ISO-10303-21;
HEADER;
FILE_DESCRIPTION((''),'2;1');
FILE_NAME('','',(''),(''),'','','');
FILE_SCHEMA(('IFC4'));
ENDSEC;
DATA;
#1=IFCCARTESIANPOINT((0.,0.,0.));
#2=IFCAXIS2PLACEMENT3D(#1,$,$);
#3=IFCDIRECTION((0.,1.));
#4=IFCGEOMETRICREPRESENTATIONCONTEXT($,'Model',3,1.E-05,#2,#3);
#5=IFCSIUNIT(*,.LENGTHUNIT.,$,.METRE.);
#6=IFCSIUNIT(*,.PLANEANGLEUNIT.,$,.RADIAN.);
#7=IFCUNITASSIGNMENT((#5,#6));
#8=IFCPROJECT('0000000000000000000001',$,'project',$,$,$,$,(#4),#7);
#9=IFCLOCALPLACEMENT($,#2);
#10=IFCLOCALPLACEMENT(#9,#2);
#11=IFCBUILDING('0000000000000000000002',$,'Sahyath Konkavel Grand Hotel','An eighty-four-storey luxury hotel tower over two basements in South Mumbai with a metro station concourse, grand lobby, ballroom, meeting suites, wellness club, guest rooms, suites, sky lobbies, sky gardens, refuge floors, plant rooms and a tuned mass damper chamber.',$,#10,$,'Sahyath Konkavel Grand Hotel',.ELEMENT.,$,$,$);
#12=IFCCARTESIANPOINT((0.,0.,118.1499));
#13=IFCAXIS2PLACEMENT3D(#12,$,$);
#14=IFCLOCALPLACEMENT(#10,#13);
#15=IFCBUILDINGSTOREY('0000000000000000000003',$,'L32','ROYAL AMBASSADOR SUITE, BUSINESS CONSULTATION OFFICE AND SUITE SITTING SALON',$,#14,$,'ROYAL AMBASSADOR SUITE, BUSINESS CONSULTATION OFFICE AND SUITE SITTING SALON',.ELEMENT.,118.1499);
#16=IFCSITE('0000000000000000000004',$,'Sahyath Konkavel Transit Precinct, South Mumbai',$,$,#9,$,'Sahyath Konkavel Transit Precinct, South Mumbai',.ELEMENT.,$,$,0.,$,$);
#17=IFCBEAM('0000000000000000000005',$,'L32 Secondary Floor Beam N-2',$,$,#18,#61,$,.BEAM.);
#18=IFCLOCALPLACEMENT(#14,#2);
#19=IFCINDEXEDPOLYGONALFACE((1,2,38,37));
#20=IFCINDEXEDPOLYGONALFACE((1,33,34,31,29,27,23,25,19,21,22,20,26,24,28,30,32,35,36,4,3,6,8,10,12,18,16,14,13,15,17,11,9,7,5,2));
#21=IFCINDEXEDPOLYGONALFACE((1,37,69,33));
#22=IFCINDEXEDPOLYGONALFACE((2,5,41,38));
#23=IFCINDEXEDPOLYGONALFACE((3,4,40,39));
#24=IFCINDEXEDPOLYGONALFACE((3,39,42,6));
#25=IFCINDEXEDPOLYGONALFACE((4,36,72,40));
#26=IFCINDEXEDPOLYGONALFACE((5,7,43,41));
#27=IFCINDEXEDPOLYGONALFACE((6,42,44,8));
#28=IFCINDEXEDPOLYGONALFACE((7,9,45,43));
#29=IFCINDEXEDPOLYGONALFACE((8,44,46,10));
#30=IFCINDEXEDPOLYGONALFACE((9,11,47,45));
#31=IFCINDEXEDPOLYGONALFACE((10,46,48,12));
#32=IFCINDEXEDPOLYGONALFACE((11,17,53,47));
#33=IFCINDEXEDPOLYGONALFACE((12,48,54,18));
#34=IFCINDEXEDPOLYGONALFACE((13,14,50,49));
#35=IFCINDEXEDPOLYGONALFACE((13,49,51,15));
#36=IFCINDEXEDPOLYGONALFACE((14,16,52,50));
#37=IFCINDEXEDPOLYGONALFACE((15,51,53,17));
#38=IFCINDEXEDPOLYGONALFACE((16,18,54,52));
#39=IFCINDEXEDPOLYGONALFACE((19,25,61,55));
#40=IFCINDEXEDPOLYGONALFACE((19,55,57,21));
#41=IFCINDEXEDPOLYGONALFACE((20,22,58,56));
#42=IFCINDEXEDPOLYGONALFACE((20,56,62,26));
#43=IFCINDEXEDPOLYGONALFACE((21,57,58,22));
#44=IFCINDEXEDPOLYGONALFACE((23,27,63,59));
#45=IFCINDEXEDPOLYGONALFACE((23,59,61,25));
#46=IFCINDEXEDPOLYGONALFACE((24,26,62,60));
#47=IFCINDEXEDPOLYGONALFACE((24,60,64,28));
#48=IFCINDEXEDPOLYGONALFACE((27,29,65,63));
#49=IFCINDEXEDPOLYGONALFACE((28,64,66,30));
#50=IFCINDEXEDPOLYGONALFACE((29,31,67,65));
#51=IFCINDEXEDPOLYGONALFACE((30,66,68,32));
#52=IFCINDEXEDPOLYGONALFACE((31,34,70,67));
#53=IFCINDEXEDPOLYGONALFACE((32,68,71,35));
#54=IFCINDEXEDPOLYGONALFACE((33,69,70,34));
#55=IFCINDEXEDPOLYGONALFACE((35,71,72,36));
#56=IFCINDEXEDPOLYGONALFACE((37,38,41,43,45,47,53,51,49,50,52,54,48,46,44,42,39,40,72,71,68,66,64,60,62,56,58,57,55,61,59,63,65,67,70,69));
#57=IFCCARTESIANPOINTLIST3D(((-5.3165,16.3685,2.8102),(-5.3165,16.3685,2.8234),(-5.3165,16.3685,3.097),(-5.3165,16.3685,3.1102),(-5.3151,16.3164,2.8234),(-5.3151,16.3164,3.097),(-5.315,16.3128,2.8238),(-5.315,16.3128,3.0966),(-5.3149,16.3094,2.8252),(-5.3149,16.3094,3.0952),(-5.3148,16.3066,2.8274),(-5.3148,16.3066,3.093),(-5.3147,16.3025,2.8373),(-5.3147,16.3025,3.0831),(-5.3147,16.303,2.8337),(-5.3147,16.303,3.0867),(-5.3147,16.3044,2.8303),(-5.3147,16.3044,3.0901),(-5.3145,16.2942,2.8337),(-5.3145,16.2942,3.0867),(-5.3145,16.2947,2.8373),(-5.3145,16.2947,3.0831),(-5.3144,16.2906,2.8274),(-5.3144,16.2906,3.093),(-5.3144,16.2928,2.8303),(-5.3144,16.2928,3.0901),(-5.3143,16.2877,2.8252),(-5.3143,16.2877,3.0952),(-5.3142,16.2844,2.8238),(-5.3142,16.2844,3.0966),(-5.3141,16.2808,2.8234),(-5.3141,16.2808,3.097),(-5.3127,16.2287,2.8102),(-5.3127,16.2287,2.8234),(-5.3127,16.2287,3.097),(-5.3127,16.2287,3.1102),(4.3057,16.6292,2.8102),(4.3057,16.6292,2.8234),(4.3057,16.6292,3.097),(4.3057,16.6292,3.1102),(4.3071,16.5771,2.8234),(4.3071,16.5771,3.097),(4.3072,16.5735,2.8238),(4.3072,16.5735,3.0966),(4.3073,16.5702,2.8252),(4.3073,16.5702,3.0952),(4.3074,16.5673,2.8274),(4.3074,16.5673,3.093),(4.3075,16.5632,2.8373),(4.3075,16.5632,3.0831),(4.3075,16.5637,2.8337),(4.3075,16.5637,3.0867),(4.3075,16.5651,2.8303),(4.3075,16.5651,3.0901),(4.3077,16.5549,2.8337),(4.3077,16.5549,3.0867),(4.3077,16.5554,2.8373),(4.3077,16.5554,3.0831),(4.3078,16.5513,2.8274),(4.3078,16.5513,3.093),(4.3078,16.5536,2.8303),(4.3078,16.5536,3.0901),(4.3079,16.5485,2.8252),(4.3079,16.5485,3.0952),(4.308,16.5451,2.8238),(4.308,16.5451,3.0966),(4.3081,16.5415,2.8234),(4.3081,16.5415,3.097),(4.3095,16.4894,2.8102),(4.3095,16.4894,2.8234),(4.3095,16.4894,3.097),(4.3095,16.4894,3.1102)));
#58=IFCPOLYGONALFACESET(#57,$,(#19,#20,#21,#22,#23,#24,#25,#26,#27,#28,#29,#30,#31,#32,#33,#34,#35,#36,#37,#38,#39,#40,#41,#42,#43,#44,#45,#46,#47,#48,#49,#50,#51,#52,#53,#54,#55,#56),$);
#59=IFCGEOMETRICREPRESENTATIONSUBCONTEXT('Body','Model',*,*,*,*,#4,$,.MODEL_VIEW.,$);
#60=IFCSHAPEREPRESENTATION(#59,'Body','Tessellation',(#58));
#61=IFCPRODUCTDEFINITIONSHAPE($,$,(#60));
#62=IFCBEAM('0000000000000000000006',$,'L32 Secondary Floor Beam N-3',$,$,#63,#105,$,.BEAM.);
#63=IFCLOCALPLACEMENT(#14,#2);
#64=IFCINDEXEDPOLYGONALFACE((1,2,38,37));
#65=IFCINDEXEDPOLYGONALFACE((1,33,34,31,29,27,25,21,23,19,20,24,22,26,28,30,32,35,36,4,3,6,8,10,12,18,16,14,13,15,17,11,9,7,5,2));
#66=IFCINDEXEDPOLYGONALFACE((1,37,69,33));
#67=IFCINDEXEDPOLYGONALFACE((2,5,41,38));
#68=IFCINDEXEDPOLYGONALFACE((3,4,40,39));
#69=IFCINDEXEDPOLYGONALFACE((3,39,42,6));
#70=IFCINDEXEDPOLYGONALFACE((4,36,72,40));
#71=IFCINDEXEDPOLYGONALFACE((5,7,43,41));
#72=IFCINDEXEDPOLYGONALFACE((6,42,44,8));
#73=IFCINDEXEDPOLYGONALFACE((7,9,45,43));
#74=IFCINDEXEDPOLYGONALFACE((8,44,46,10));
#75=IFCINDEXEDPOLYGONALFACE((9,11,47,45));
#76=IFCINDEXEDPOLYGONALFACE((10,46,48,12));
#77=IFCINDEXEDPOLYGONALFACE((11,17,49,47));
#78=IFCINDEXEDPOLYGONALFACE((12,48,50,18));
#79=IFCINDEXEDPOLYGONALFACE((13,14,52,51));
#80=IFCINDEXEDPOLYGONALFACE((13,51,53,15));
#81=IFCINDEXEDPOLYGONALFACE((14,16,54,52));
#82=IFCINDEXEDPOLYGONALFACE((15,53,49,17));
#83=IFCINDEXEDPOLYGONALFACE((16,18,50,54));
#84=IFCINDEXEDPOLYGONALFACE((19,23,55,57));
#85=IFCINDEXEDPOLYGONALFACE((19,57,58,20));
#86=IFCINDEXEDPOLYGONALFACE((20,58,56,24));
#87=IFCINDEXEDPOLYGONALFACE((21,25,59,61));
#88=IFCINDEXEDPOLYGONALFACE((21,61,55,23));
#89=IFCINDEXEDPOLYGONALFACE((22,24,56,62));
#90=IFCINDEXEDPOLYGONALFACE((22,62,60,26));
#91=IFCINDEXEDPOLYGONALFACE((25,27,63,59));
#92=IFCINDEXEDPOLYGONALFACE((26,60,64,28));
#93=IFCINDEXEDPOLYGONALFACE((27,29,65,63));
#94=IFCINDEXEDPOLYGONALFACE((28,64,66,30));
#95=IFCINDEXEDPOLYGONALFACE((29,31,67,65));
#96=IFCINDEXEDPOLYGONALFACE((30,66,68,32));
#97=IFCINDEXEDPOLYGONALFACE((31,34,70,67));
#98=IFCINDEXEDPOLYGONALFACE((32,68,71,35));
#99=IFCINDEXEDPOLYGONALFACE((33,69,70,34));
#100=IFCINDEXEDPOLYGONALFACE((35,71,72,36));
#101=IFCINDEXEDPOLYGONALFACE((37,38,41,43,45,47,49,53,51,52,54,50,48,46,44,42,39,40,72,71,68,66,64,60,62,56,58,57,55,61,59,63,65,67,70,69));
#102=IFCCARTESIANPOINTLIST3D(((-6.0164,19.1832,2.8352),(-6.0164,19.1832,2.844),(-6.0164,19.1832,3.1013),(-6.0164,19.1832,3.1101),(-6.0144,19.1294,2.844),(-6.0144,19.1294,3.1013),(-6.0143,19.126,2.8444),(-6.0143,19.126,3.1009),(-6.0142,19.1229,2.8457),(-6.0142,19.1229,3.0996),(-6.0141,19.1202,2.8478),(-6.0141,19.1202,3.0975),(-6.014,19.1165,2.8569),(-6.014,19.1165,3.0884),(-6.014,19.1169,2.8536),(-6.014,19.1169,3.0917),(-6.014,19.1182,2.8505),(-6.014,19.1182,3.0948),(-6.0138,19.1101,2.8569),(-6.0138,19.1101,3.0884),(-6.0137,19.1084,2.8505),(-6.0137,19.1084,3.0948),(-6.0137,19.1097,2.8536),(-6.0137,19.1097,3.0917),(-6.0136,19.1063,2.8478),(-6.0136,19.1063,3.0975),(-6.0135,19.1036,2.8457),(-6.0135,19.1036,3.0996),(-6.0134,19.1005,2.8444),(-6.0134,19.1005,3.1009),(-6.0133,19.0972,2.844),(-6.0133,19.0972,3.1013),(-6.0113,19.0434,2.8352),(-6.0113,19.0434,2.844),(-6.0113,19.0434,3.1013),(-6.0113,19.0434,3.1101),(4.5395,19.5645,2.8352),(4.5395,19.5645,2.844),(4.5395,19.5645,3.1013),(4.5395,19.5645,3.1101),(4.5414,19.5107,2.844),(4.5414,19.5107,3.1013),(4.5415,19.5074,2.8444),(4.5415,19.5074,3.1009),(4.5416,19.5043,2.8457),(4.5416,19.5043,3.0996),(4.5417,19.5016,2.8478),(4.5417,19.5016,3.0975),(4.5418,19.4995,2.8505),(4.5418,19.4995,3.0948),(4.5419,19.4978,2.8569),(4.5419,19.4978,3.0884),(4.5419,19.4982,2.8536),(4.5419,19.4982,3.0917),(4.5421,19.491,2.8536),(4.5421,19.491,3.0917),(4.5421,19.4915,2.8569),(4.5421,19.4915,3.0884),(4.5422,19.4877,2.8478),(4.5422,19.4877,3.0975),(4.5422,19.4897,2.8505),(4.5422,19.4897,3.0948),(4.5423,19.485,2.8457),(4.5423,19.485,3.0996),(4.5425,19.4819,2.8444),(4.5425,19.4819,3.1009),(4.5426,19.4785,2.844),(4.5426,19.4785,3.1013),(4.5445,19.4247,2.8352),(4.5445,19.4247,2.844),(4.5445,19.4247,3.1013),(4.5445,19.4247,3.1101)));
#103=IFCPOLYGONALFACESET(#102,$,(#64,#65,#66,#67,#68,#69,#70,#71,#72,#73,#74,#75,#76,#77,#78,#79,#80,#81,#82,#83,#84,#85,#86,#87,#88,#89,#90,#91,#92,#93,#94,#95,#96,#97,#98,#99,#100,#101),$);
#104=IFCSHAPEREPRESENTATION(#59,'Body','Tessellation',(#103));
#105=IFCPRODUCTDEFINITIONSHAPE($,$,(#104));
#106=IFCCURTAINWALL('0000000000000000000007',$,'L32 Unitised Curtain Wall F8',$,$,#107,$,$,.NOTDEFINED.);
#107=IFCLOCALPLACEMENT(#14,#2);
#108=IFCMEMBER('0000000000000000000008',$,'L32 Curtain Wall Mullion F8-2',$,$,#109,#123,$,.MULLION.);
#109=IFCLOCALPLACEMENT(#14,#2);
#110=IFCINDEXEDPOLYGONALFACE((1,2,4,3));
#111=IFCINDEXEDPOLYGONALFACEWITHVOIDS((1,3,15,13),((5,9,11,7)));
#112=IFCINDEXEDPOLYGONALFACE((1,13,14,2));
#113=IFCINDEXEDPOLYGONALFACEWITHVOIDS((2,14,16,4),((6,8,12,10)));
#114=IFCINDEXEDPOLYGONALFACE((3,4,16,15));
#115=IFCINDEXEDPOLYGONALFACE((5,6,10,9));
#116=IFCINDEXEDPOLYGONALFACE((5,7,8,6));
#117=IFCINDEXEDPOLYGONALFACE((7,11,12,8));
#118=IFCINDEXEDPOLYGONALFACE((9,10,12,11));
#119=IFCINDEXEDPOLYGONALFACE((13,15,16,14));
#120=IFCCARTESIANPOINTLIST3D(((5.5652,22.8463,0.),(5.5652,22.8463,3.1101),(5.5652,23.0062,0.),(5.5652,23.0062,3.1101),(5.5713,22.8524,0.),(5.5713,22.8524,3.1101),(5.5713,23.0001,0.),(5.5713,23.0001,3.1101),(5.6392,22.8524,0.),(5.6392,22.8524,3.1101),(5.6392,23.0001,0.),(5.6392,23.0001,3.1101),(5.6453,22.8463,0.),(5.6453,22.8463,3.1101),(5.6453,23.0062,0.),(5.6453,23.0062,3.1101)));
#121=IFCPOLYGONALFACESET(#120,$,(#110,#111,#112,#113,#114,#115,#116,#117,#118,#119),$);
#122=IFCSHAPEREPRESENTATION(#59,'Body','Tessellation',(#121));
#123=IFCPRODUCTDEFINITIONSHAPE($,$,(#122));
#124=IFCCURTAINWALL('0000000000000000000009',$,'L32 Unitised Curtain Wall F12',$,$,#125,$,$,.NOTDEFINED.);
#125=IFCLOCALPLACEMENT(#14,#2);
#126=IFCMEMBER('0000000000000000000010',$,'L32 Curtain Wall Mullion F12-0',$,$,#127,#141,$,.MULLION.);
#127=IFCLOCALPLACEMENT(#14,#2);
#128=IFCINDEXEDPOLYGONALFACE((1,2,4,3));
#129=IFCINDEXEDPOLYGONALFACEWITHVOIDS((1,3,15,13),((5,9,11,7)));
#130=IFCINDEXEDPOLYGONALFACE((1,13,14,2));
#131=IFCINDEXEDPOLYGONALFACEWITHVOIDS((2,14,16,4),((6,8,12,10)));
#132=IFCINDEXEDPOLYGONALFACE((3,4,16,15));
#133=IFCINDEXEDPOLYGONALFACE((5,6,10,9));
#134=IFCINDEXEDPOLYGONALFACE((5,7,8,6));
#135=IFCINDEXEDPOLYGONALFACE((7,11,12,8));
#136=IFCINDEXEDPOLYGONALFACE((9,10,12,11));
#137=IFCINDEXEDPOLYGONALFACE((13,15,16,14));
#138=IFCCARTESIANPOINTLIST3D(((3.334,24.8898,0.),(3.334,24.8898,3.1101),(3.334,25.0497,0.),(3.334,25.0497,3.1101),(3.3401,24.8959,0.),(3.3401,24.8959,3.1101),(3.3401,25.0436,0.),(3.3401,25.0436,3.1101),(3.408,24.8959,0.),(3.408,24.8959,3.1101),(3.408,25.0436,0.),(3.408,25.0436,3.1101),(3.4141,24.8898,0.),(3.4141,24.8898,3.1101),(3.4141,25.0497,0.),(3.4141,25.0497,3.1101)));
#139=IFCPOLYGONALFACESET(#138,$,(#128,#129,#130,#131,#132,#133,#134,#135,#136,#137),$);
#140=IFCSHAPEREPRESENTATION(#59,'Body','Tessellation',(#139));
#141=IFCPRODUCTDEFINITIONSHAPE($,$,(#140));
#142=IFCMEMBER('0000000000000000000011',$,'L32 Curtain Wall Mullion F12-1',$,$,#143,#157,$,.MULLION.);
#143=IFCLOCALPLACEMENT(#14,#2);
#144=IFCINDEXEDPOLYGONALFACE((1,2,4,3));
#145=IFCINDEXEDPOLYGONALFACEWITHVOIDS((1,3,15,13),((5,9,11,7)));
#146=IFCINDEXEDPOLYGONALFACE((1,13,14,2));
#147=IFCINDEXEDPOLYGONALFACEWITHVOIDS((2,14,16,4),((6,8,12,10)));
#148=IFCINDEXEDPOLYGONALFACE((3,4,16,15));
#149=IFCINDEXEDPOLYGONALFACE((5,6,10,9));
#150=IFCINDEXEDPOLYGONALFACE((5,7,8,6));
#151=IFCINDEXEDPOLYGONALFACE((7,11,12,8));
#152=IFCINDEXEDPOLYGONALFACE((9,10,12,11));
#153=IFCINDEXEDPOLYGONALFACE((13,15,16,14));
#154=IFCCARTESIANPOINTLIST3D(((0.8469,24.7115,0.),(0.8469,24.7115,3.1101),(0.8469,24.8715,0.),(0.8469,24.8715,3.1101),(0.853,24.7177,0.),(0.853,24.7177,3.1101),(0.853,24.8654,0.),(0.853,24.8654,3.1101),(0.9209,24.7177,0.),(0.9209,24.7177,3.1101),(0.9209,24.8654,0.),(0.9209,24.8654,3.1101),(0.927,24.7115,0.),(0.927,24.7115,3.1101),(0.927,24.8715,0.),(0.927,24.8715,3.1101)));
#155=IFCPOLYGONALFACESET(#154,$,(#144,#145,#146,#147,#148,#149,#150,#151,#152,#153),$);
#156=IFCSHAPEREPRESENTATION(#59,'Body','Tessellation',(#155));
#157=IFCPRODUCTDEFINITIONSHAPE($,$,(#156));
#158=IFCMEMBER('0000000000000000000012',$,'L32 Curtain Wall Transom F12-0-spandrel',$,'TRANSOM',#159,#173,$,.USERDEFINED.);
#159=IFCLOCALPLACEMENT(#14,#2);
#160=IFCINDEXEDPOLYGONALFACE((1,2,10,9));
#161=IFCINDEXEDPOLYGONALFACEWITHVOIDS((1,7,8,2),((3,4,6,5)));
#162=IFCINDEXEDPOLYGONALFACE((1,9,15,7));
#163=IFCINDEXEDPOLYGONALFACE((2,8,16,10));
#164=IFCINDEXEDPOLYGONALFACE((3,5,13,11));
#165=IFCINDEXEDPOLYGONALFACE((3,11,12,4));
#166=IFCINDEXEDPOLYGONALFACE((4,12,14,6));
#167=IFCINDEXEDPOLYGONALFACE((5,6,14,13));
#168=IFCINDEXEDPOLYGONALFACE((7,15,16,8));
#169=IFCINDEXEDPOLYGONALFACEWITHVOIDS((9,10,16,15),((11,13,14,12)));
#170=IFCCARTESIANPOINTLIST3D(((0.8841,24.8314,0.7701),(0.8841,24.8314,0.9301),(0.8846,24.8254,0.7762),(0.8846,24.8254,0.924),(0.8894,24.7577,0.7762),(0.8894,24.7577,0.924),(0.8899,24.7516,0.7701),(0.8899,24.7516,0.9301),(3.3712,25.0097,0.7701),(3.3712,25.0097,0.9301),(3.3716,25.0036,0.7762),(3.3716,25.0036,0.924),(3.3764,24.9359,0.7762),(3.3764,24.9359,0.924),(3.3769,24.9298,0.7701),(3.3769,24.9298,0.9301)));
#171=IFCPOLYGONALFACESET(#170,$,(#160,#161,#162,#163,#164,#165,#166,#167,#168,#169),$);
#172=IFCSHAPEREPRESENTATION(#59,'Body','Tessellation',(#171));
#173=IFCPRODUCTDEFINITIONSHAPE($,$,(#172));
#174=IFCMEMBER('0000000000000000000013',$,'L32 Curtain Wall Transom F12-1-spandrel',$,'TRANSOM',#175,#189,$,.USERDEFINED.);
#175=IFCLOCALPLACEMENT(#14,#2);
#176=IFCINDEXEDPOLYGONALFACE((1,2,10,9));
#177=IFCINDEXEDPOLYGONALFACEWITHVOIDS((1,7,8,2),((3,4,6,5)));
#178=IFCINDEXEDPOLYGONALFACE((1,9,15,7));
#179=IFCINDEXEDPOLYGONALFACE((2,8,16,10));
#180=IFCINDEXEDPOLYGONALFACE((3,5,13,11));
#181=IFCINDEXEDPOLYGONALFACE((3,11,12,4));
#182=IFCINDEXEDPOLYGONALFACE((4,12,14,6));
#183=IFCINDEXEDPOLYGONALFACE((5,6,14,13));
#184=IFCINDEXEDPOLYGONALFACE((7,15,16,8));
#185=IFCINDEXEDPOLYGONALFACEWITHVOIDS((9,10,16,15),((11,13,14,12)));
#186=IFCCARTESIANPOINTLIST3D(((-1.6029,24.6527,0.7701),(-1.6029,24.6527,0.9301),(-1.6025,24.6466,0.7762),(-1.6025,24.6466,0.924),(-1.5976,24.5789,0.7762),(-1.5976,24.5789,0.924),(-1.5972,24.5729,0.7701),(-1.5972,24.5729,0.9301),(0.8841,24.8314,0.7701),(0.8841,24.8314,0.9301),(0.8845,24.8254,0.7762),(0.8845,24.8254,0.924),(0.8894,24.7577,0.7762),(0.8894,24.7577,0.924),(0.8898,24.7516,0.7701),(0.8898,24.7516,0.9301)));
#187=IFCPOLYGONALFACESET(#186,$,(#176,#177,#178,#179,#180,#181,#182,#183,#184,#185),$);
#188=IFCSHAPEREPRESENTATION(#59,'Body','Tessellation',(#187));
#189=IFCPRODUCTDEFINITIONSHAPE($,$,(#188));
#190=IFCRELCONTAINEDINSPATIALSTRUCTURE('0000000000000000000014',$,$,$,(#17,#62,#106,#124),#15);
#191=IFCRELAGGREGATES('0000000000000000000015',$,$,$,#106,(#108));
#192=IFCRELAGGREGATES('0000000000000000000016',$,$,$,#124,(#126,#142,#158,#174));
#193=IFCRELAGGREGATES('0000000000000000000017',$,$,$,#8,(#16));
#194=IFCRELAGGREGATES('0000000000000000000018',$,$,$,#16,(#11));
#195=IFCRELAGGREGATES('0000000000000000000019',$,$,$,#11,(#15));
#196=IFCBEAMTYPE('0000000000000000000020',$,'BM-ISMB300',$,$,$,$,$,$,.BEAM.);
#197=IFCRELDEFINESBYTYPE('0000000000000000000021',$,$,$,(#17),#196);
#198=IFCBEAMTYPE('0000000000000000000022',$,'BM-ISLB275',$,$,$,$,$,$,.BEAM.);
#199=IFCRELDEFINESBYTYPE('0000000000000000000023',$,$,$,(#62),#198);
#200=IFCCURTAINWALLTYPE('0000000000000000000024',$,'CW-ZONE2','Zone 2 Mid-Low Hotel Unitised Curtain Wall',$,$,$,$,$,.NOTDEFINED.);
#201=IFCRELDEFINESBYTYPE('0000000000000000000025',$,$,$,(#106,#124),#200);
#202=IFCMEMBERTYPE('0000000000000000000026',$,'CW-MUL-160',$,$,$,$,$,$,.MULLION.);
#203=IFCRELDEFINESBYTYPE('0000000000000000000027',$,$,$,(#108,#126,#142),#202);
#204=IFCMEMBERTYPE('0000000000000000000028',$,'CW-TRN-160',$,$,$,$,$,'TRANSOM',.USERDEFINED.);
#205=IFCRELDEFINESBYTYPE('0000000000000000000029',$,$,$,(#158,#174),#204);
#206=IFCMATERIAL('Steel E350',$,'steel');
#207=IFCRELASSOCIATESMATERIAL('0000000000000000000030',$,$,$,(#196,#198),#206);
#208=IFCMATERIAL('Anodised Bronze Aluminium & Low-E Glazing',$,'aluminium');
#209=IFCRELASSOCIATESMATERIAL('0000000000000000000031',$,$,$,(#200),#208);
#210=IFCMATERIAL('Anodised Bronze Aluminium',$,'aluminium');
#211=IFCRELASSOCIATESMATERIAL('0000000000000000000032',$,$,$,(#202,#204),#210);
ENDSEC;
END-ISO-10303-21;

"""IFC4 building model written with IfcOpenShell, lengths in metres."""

from ifc_helpers import new_model, si_unit, direction, frame, origin, origin_2d, place, context, subcontext, project, spatial, hollow_rectangle, i_section, extrude, source, transform, mapped, material, material_profile, profile_set, type_object, element, aggregate, save


model = new_model("IFC4")

# Units and contexts
model_context = context("Model", 3, precision=1e-05, world=origin(), true_north=direction((0.0, 1.0)))
body_context = subcontext(model_context, "Body", "Model", "MODEL_VIEW")
ifc_project = project(units=[si_unit("LENGTHUNIT", "METRE"), si_unit("PLANEANGLEUNIT", "RADIAN")], contexts=[model_context])

# Site, building, storey
site_placement = place(None, origin())
site = spatial("IfcSite", under=ifc_project, at=site_placement, Name="Sahyath Konkavel Transit Precinct, South Mumbai", LongName="Sahyath Konkavel Transit Precinct, South Mumbai", CompositionType="ELEMENT", RefElevation=0.0)
building_placement = place(site_placement, origin())
building = spatial("IfcBuilding", under=site, at=building_placement, Name="Sahyath Konkavel Grand Hotel", Description="An eighty-four-storey luxury hotel tower over two basements in South Mumbai with a metro station concourse, grand lobby, ballroom, meeting suites, wellness club, guest rooms, suites, sky lobbies, sky gardens, refuge floors, plant rooms and a tuned mass damper chamber.", LongName="Sahyath Konkavel Grand Hotel", CompositionType="ELEMENT")
storey_placement = place(building_placement, frame((0.0, 0.0, 118.1499)))
storey = spatial("IfcBuildingStorey", under=building, at=storey_placement, Name="L32", Description="ROYAL AMBASSADOR SUITE, BUSINESS CONSULTATION OFFICE AND SUITE SITTING SALON", LongName="ROYAL AMBASSADOR SUITE, BUSINESS CONSULTATION OFFICE AND SUITE SITTING SALON", CompositionType="ELEMENT", Elevation=118.1499)

# Beams
ifc_material_1 = material(Name="Steel E350", Category="steel")
ifc_material_profile_1 = material_profile(ifc_material_1, i_section(OverallWidth=0.1399, OverallDepth=0.3, WebThickness=0.0078, FlangeThickness=0.0132, FilletRadius=0.0139, at=origin_2d()), Name="ISMB 300")
ifc_profile_set_1 = profile_set([ifc_material_profile_1], Name="Steel E350")
beam_type_1 = type_object("IfcBeamType", Name="BM-ISMB300", PredefinedType="BEAM", material=ifc_profile_set_1)
shared_shape_1 = source(origin(), body_context, "Body", "SweptSolid", [
    extrude(i_section(OverallWidth=0.1399, OverallDepth=0.3, WebThickness=0.0078, FlangeThickness=0.0132, FilletRadius=0.0139, at=origin_2d()), origin(), (0.0, 0.0, 1.0), 9.6257),
])
beam_1_placement = place(storey_placement, frame((4.3076, 16.5593, 2.9602), z_axis=(-0.999633, -0.027088, 0.0), x_axis=(0.027088, -0.999633, 0.0)))
element("IfcBeam", 1, at=beam_1_placement, inside=storey, type_object=beam_type_1, Name="L32 Secondary Floor Beam N-2", PredefinedType="BEAM", context=body_context, shape_type="MappedRepresentation", body=[
    mapped(shared_shape_1, transform((0.0, 0.0, 0.0), scale=1.0)),
])
ifc_material_profile_2 = material_profile(ifc_material_1, i_section(OverallWidth=0.1399, OverallDepth=0.2749, WebThickness=0.0063, FlangeThickness=0.0088, FilletRadius=0.0129, at=origin_2d()), Name="ISLB 275")
ifc_profile_set_2 = profile_set([ifc_material_profile_2], Name="Steel E350")
beam_type_2 = type_object("IfcBeamType", Name="BM-ISLB275", PredefinedType="BEAM", material=ifc_profile_set_2)
shared_shape_2 = source(origin(), body_context, "Body", "SweptSolid", [
    extrude(i_section(OverallWidth=0.1399, OverallDepth=0.2749, WebThickness=0.0063, FlangeThickness=0.0088, FilletRadius=0.0129, at=origin_2d()), origin(), (0.0, 0.0, 1.0), 10.5627),
])
beam_2_placement = place(storey_placement, frame((4.542, 19.4946, 2.9727), z_axis=(-0.999348, -0.036103, 0.0), x_axis=(0.036103, -0.999348, 0.0)))
element("IfcBeam", 2, at=beam_2_placement, inside=storey, type_object=beam_type_2, Name="L32 Secondary Floor Beam N-3", PredefinedType="BEAM", context=body_context, shape_type="MappedRepresentation", body=[
    mapped(shared_shape_2, transform((0.0, 0.0, 0.0), scale=1.0)),
])

# Curtain wall, member
ifc_material_2 = material(Name="Anodised Bronze Aluminium & Low-E Glazing", Category="aluminium")
curtain_wall_type = type_object("IfcCurtainWallType", Name="CW-ZONE2", Description="Zone 2 Mid-Low Hotel Unitised Curtain Wall", PredefinedType="NOTDEFINED", material=ifc_material_2)
curtain_wall_1_placement = place(storey_placement, origin())
curtain_wall_1 = element("IfcCurtainWall", 3, at=curtain_wall_1_placement, inside=storey, type_object=curtain_wall_type, Name="L32 Unitised Curtain Wall F8", PredefinedType="NOTDEFINED")
ifc_material_3 = material(Name="Anodised Bronze Aluminium", Category="aluminium")
ifc_material_profile_3 = material_profile(ifc_material_3, hollow_rectangle(XDim=0.0801, YDim=0.1599, WallThickness=0.0061, at=origin_2d()), Name="RHS 160x80x6")
ifc_profile_set_3 = profile_set([ifc_material_profile_3], Name="Anodised Bronze Aluminium")
member_type_1 = type_object("IfcMemberType", Name="CW-MUL-160", PredefinedType="MULLION", material=ifc_profile_set_3)
shared_shape_3 = source(origin(), body_context, "Body", "SweptSolid", [
    extrude(hollow_rectangle(XDim=0.0801, YDim=0.1599, WallThickness=0.0061, at=origin_2d()), origin(), (0.0, 0.0, 1.0), 3.1101),
])
member_1_placement = place(storey_placement, frame((5.6052, 22.9263, 0.0), z_axis=(0.0, 0.0, 1.0), x_axis=(1.0, 0.0, 0.0)))
member_1 = element("IfcMember", 4, at=member_1_placement, type_object=member_type_1, Name="L32 Curtain Wall Mullion F8-2", PredefinedType="MULLION", context=body_context, shape_type="MappedRepresentation", body=[
    mapped(shared_shape_3, transform((0.0, 0.0, 0.0), scale=1.0)),
])

# Curtain wall, members
curtain_wall_2_placement = place(storey_placement, origin())
curtain_wall_2 = element("IfcCurtainWall", 5, at=curtain_wall_2_placement, inside=storey, type_object=curtain_wall_type, Name="L32 Unitised Curtain Wall F12", PredefinedType="NOTDEFINED")
member_2_placement = place(storey_placement, frame((3.374, 24.9697, 0.0), z_axis=(0.0, 0.0, 1.0), x_axis=(1.0, 0.0, 0.0)))
member_2 = element("IfcMember", 6, at=member_2_placement, type_object=member_type_1, Name="L32 Curtain Wall Mullion F12-0", PredefinedType="MULLION", context=body_context, shape_type="MappedRepresentation", body=[
    mapped(shared_shape_3, transform((0.0, 0.0, 0.0), scale=1.0)),
])
member_3_placement = place(storey_placement, frame((0.887, 24.7915, 0.0), z_axis=(0.0, 0.0, 1.0), x_axis=(1.0, 0.0, 0.0)))
member_3 = element("IfcMember", 7, at=member_3_placement, type_object=member_type_1, Name="L32 Curtain Wall Mullion F12-1", PredefinedType="MULLION", context=body_context, shape_type="MappedRepresentation", body=[
    mapped(shared_shape_3, transform((0.0, 0.0, 0.0), scale=1.0)),
])
ifc_material_profile_4 = material_profile(ifc_material_3, hollow_rectangle(XDim=0.0801, YDim=0.1599, WallThickness=0.0061, at=origin_2d()), Name="RHS 160x80x6")
ifc_profile_set_4 = profile_set([ifc_material_profile_4], Name="Anodised Bronze Aluminium")
member_type_2 = type_object("IfcMemberType", Name="CW-TRN-160", ElementType="TRANSOM", PredefinedType="USERDEFINED", material=ifc_profile_set_4)
shared_shape_4 = source(origin(), body_context, "Body", "SweptSolid", [
    extrude(hollow_rectangle(XDim=0.0801, YDim=0.1599, WallThickness=0.0061, at=origin_2d()), origin(), (0.0, 0.0, 1.0), 2.4934),
])
member_4_placement = place(storey_placement, frame((3.374, 24.9697, 0.8501), z_axis=(-0.997442, -0.071477, 0.0), x_axis=(0.071477, -0.997442, 0.0)))
member_4 = element("IfcMember", 8, at=member_4_placement, type_object=member_type_2, Name="L32 Curtain Wall Transom F12-0-spandrel", ObjectType="TRANSOM", PredefinedType="USERDEFINED", context=body_context, shape_type="MappedRepresentation", body=[
    mapped(shared_shape_4, transform((0.0, 0.0, 0.0), scale=1.0)),
])
member_5_placement = place(storey_placement, frame((0.887, 24.7915, 0.8501), z_axis=(-0.997428, -0.071671, 0.0), x_axis=(0.071671, -0.997428, 0.0)))
member_5 = element("IfcMember", 9, at=member_5_placement, type_object=member_type_2, Name="L32 Curtain Wall Transom F12-1-spandrel", ObjectType="TRANSOM", PredefinedType="USERDEFINED", context=body_context, shape_type="MappedRepresentation", body=[
    mapped(shared_shape_4, transform((0.0, 0.0, 0.0), scale=1.0)),
])

aggregate(curtain_wall_1, [member_1])
aggregate(curtain_wall_2, [member_2, member_3, member_4, member_5])

save(model, "model.ifc")
